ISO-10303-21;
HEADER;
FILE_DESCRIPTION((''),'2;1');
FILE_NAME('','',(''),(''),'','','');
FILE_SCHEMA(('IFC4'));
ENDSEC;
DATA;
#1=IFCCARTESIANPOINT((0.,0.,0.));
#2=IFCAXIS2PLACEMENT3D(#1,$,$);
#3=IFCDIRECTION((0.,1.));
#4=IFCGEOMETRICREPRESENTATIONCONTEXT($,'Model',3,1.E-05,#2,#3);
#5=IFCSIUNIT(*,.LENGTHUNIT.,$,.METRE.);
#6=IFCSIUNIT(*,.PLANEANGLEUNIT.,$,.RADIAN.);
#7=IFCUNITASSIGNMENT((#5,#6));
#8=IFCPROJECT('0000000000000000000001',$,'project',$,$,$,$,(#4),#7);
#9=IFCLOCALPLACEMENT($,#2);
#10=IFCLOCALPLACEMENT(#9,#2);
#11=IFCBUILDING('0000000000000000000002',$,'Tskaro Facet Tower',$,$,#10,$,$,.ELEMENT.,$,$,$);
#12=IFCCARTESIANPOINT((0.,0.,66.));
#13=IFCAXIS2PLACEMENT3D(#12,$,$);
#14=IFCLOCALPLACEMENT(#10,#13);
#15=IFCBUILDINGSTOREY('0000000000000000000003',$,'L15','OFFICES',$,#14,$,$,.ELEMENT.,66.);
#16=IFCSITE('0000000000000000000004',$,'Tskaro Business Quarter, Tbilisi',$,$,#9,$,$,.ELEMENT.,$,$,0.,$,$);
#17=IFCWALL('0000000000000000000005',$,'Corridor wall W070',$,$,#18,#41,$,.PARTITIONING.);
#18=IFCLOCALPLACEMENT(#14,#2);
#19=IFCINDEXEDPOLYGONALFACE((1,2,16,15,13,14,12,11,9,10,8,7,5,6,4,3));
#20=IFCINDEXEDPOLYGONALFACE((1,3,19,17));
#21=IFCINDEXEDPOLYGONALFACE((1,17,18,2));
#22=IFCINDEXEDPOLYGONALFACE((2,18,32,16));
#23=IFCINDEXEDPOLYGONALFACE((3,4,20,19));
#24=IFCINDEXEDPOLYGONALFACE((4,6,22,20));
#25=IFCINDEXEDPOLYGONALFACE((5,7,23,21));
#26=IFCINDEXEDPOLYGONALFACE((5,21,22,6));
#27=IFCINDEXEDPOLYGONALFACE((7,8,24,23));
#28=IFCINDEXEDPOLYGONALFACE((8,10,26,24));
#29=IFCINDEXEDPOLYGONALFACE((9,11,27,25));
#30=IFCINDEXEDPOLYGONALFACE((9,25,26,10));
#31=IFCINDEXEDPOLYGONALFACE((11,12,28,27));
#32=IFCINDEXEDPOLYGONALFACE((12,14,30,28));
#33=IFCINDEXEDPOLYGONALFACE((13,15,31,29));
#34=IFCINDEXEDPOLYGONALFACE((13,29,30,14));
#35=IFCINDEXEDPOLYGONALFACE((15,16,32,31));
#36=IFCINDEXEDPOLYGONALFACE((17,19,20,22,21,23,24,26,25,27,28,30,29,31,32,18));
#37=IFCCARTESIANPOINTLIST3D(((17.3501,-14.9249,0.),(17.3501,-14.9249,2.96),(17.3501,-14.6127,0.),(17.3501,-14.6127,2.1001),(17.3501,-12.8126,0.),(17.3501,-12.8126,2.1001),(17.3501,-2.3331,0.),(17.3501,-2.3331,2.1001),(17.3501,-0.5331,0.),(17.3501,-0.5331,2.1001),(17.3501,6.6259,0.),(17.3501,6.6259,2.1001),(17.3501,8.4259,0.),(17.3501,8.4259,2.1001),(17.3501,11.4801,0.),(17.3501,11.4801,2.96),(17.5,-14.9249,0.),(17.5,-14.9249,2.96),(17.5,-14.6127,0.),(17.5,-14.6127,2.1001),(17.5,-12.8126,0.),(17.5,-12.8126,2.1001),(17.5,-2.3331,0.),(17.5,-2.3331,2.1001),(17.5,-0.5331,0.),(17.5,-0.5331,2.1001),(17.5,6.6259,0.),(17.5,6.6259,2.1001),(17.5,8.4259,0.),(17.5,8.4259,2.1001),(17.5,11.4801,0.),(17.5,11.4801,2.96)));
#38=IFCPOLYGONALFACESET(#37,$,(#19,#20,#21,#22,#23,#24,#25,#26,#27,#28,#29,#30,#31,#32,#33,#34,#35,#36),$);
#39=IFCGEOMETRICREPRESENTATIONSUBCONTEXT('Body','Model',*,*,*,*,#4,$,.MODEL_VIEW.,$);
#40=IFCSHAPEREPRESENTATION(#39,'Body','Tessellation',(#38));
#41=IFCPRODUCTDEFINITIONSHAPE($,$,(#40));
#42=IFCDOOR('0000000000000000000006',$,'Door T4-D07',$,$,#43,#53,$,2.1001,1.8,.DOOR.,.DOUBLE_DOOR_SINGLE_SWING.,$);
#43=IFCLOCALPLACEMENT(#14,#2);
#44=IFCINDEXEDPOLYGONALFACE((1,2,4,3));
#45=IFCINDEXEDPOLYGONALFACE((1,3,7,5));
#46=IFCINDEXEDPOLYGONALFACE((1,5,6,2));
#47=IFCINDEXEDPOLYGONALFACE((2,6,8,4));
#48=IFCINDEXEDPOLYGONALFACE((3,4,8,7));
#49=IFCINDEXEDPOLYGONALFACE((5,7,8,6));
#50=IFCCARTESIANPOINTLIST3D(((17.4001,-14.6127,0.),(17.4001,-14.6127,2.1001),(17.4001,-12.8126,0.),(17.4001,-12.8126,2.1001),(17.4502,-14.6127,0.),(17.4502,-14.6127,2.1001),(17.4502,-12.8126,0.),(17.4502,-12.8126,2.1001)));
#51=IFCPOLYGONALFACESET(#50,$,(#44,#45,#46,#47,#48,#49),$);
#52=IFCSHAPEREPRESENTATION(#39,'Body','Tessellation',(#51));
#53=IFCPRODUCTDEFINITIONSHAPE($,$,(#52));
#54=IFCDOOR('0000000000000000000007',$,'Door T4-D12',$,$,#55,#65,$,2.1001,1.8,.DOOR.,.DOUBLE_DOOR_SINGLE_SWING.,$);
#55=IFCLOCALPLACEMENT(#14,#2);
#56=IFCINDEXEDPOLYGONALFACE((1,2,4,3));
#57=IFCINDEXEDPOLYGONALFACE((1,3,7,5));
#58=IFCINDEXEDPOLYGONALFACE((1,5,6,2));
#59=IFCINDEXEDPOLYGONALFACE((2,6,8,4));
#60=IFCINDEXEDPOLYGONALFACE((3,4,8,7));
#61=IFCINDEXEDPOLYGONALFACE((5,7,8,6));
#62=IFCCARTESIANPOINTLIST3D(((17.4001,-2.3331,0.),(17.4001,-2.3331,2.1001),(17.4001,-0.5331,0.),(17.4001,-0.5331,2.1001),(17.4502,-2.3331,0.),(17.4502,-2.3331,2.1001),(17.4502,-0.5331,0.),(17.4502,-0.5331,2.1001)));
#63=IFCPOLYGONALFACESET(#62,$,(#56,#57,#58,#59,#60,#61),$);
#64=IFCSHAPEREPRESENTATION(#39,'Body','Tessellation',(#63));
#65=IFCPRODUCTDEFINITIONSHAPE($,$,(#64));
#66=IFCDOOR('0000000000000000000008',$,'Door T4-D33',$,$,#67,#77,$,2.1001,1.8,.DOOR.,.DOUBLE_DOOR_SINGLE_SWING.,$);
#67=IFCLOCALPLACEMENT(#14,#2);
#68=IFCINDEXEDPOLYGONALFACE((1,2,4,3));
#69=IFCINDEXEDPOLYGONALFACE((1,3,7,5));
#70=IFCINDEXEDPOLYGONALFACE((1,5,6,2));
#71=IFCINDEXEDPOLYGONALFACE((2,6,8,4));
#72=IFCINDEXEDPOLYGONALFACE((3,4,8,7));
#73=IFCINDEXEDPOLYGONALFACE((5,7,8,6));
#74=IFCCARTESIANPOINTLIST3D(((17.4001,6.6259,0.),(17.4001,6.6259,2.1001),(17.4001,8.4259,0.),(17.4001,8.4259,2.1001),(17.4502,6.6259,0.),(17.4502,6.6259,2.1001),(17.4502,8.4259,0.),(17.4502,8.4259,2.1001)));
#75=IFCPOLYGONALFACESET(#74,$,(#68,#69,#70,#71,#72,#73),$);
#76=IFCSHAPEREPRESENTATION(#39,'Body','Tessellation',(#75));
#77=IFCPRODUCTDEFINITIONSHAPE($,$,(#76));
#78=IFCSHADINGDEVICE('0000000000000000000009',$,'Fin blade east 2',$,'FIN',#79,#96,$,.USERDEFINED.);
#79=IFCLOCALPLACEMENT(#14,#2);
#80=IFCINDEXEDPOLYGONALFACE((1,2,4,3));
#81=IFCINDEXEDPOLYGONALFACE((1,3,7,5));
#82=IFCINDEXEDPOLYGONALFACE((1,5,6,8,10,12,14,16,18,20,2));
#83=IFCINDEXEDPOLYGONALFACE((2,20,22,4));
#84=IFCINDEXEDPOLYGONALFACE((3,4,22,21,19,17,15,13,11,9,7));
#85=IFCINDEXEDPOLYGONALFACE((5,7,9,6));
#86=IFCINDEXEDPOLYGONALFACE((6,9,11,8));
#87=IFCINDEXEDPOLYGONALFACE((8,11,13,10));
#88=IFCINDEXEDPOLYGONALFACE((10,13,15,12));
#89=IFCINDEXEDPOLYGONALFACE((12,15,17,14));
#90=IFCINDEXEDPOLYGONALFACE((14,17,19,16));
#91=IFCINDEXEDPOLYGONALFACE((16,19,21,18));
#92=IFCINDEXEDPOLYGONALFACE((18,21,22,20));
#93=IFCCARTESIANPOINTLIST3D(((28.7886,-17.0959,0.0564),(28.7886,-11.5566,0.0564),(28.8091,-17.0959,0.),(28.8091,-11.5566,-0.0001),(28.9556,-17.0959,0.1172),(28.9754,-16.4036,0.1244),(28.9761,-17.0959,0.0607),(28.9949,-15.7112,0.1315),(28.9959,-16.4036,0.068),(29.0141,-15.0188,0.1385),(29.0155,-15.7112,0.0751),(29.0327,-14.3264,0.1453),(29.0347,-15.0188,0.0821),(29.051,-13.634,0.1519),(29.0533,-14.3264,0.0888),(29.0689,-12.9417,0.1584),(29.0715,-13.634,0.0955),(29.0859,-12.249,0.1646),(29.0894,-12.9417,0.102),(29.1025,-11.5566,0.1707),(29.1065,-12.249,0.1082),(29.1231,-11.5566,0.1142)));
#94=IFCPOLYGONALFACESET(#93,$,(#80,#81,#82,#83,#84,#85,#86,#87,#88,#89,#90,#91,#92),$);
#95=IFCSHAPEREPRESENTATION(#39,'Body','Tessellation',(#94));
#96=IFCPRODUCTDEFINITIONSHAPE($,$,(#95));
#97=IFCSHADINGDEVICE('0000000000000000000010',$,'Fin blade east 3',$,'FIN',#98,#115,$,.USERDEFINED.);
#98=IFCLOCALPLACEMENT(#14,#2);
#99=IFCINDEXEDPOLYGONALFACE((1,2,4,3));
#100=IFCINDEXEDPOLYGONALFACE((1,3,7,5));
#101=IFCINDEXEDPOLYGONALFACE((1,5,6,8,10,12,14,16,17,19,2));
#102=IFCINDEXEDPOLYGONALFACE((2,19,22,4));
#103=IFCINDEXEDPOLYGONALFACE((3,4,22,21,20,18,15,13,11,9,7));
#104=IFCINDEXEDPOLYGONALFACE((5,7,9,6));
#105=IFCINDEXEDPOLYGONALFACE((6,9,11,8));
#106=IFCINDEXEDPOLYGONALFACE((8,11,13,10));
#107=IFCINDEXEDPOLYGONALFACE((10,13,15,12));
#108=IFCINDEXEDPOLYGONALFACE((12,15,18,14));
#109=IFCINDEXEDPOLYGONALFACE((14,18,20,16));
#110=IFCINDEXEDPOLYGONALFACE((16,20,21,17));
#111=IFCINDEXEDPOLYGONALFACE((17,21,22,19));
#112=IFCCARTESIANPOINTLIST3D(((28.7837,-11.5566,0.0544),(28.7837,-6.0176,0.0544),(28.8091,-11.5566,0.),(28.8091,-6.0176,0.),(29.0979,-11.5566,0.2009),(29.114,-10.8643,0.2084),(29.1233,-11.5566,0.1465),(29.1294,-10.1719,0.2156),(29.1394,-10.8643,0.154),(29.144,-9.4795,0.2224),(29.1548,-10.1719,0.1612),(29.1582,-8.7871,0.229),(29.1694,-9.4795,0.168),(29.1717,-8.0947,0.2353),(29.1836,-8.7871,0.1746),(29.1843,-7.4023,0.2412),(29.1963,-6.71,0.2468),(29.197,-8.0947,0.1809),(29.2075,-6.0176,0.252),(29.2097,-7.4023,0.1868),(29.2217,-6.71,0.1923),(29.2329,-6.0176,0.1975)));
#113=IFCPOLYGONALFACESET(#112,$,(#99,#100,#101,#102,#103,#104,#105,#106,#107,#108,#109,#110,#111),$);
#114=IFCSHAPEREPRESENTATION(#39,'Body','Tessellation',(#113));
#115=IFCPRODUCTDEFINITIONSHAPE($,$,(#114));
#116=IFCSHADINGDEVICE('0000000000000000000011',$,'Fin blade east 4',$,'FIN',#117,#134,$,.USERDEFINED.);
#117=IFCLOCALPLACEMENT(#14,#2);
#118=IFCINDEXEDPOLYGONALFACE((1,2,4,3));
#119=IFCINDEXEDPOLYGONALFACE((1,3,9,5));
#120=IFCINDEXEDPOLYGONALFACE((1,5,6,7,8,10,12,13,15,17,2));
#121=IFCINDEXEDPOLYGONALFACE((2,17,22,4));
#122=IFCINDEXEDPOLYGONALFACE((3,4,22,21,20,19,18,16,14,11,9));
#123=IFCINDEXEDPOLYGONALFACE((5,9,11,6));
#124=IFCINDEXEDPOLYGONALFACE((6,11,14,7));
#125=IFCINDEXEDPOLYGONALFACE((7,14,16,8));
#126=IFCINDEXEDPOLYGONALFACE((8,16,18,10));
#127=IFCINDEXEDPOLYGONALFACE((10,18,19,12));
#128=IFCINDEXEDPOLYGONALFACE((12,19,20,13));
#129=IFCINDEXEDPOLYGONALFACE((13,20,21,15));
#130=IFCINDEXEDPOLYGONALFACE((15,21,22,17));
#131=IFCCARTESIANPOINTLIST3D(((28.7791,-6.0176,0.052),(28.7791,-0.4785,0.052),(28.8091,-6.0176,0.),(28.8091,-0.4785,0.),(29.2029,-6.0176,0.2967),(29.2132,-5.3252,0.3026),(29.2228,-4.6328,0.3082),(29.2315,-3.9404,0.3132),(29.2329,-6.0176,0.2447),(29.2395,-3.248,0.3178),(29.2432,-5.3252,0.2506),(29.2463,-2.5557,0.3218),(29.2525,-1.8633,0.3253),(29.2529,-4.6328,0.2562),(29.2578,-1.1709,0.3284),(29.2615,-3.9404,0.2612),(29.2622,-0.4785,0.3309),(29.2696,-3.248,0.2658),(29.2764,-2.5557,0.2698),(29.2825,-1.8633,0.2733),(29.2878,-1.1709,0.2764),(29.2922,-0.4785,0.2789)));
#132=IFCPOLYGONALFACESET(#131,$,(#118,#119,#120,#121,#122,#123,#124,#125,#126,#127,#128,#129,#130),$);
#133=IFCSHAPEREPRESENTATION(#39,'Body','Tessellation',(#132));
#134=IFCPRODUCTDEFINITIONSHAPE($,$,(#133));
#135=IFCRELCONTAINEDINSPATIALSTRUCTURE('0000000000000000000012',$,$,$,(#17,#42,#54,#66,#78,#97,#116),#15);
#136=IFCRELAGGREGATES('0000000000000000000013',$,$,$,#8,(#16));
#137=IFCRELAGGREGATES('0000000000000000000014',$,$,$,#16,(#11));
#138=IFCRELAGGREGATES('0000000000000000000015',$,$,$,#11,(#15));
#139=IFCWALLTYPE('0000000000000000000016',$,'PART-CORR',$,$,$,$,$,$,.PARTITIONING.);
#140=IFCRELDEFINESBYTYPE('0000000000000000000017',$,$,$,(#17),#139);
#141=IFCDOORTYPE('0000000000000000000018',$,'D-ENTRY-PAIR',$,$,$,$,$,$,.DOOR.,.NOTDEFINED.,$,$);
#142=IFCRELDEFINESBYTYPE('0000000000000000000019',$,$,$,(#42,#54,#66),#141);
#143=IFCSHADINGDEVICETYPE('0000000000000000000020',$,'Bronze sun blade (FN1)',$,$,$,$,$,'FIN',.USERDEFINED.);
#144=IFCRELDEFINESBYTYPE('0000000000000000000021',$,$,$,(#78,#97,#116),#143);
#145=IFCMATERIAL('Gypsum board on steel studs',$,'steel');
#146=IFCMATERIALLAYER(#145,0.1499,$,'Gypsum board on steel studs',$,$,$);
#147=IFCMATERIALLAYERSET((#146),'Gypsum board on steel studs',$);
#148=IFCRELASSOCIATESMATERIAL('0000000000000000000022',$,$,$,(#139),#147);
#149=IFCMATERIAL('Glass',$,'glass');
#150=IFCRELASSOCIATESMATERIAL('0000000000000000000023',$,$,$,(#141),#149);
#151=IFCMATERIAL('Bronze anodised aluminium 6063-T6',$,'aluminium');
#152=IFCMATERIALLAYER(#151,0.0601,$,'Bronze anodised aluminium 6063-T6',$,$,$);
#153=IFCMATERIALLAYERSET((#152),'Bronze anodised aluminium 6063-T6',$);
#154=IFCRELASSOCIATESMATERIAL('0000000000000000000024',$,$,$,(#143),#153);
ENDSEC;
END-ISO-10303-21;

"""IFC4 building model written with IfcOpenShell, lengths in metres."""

from ifc_helpers import new_model, si_unit, direction, frame, frame_2d, origin, place, context, subcontext, project, spatial, polyline, rectangle, outline, extrude, material, layer, layer_set, type_object, element, fill, save


model = new_model("IFC4")

# Units and contexts
model_context = context("Model", 3, precision=1e-05, world=origin(), true_north=direction((0.0, 1.0)))
body_context = subcontext(model_context, "Body", "Model", "MODEL_VIEW")
ifc_project = project(units=[si_unit("LENGTHUNIT", "METRE"), si_unit("PLANEANGLEUNIT", "RADIAN")], contexts=[model_context])

# Site, building, storey
site_placement = place(None, origin())
site = spatial("IfcSite", under=ifc_project, at=site_placement, Name="Tskaro Business Quarter, Tbilisi", CompositionType="ELEMENT", RefElevation=0.0)
building_placement = place(site_placement, origin())
building = spatial("IfcBuilding", under=site, at=building_placement, Name="Tskaro Facet Tower", CompositionType="ELEMENT")
storey_placement = place(building_placement, frame((0.0, 0.0, 66.0)))
storey = spatial("IfcBuildingStorey", under=building, at=storey_placement, Name="L15", Description="OFFICES", CompositionType="ELEMENT", Elevation=66.0)

# Shared definitions
ifc_material_1 = material(Name="Bronze anodised aluminium 6063-T6", Category="aluminium")

# Shared definitions
ifc_material_2 = material(Name="Gypsum board on steel studs", Category="steel")

# Shared definitions
ifc_layer_1 = layer(ifc_material_2, 0.1499, Name="Gypsum board on steel studs")
ifc_layer_set_1 = layer_set([ifc_layer_1], Name="Gypsum board on steel studs")
wall_type_1 = type_object("IfcWallType", Name="PART-CORR", PredefinedType="PARTITIONING", material=ifc_layer_set_1)

# Wall, openings, doors
wall_1_placement = place(storey_placement, frame((17.425, -14.925, 0.0), z_axis=(0.0, 0.0, 1.0), x_axis=(0.0, 1.0, 0.0)))
wall_1 = element("IfcWall", 1, at=wall_1_placement, inside=storey, type_object=wall_type_1, Name="Corridor wall W070", PredefinedType="PARTITIONING", context=body_context, shape_type="SweptSolid", body=[
    extrude(rectangle(XDim=26.405, YDim=0.1499, at=frame_2d((13.2026, 0.0))), origin(), (0.0, 0.0, 1.0), 2.96),
])
opening_1_placement = place(wall_1_placement, frame((0.3125, 0.0, 0.0)))
opening_1 = element("IfcOpeningElement", 2, at=opening_1_placement, cuts=wall_1, PredefinedType="OPENING", context=body_context, shape_type="SweptSolid", body=[
    extrude(rectangle(XDim=1.8, YDim=2.1001, at=frame_2d((0.8999, 1.05))), frame((0.0, 0.085, 0.0), z_axis=(0.0, -1.0, 0.0), x_axis=(1.0, 0.0, 0.0)), (0.0, 0.0, 1.0), 0.1699),
])
opening_2_placement = place(wall_1_placement, frame((12.592, 0.0, 0.0)))
opening_2 = element("IfcOpeningElement", 3, at=opening_2_placement, cuts=wall_1, PredefinedType="OPENING", context=body_context, shape_type="SweptSolid", body=[
    extrude(rectangle(XDim=1.8, YDim=2.1001, at=frame_2d((0.8999, 1.05))), frame((0.0, 0.085, 0.0), z_axis=(0.0, -1.0, 0.0), x_axis=(1.0, 0.0, 0.0)), (0.0, 0.0, 1.0), 0.1699),
])
opening_3_placement = place(wall_1_placement, frame((21.551, 0.0, 0.0)))
opening_3 = element("IfcOpeningElement", 4, at=opening_3_placement, cuts=wall_1, PredefinedType="OPENING", context=body_context, shape_type="SweptSolid", body=[
    extrude(rectangle(XDim=1.8, YDim=2.1001, at=frame_2d((0.8999, 1.05))), frame((0.0, 0.085, 0.0), z_axis=(0.0, -1.0, 0.0), x_axis=(1.0, 0.0, 0.0)), (0.0, 0.0, 1.0), 0.1699),
])
ifc_material_3 = material(Name="Glass", Category="glass")
door_type_1 = type_object("IfcDoorType", Name="D-ENTRY-PAIR", OperationType="NOTDEFINED", PredefinedType="DOOR", material=ifc_material_3)
door_1_placement = place(opening_1_placement, origin())
door_1 = element("IfcDoor", 5, at=door_1_placement, inside=storey, type_object=door_type_1, Name="Door T4-D07", OperationType="DOUBLE_DOOR_SINGLE_SWING", OverallHeight=2.1001, OverallWidth=1.8, PredefinedType="DOOR", context=body_context, shape_type="SweptSolid", body=[
    extrude(rectangle(XDim=1.8, YDim=2.1001, at=frame_2d((0.8999, 1.05))), frame((0.0, 0.0249, 0.0), z_axis=(0.0, -1.0, 0.0), x_axis=(1.0, 0.0, 0.0)), (0.0, 0.0, 1.0), 0.05),
])
fill(opening_1, door_1)
door_2_placement = place(opening_2_placement, origin())
door_2 = element("IfcDoor", 6, at=door_2_placement, inside=storey, type_object=door_type_1, Name="Door T4-D12", OperationType="DOUBLE_DOOR_SINGLE_SWING", OverallHeight=2.1001, OverallWidth=1.8, PredefinedType="DOOR", context=body_context, shape_type="SweptSolid", body=[
    extrude(rectangle(XDim=1.8, YDim=2.1001, at=frame_2d((0.8999, 1.05))), frame((0.0, 0.0249, 0.0), z_axis=(0.0, -1.0, 0.0), x_axis=(1.0, 0.0, 0.0)), (0.0, 0.0, 1.0), 0.05),
])
fill(opening_2, door_2)
door_3_placement = place(opening_3_placement, origin())
door_3 = element("IfcDoor", 7, at=door_3_placement, inside=storey, type_object=door_type_1, Name="Door T4-D33", OperationType="DOUBLE_DOOR_SINGLE_SWING", OverallHeight=2.1001, OverallWidth=1.8, PredefinedType="DOOR", context=body_context, shape_type="SweptSolid", body=[
    extrude(rectangle(XDim=1.8, YDim=2.1001, at=frame_2d((0.8999, 1.05))), frame((0.0, 0.0249, 0.0), z_axis=(0.0, -1.0, 0.0), x_axis=(1.0, 0.0, 0.0)), (0.0, 0.0, 1.0), 0.05),
])
fill(opening_3, door_3)

# Shading devices
ifc_layer_2 = layer(ifc_material_1, 0.0601, Name="Bronze anodised aluminium 6063-T6")
ifc_layer_set_2 = layer_set([ifc_layer_2], Name="Bronze anodised aluminium 6063-T6")
shading_device_type = type_object("IfcShadingDeviceType", Name="Bronze sun blade (FN1)", ElementType="FIN", PredefinedType="USERDEFINED", material=ifc_layer_set_2)
shading_device_1_placement = place(storey_placement, frame((28.7886, -17.0959, 0.0564), z_axis=(-0.342051, 0.000004, 0.939681), x_axis=(0.000001, 1.0, -0.000003)))
element("IfcShadingDevice", 8, at=shading_device_1_placement, inside=storey, type_object=shading_device_type, Name="Fin blade east 2", ObjectType="FIN", PredefinedType="USERDEFINED", context=body_context, shape_type="SweptSolid", body=[
    extrude(outline(polyline([(0.0, 0.0), (5.5393, 0.0), (5.5393, -0.3341), (4.8469, -0.3164), (4.1543, -0.2983), (3.4619, -0.2793), (2.7695, -0.2598), (2.0771, -0.24), (1.3848, -0.2196), (0.6924, -0.1988), (0.0, -0.1777), (0.0, 0.0)])), origin(), (0.0, 0.0, -1.0), 0.0601),
])
shading_device_2_placement = place(storey_placement, frame((28.7837, -11.5566, 0.0544), z_axis=(-0.422536, 0.000007, 0.906346), x_axis=(0.000003, 1.0, -0.000007)))
element("IfcShadingDevice", 9, at=shading_device_2_placement, inside=storey, type_object=shading_device_type, Name="Fin blade east 3", ObjectType="FIN", PredefinedType="USERDEFINED", context=body_context, shape_type="SweptSolid", body=[
    extrude(outline(polyline([(0.0, 0.0), (5.5391, 0.0), (5.5391, -0.4676), (4.8467, -0.4552), (4.1543, -0.442), (3.4619, -0.428), (2.7695, -0.4132), (2.0771, -0.3976), (1.3848, -0.3814), (0.6924, -0.3645), (0.0, -0.3467), (0.0, 0.0)])), origin(), (0.0, 0.0, -1.0), 0.0601),
])
shading_device_3_placement = place(storey_placement, frame((28.7791, -6.0176, 0.052), z_axis=(-0.5, 0.000007, 0.866026), x_axis=(0.000003, 1.0, -0.000006)))
element("IfcShadingDevice", 10, at=shading_device_3_placement, inside=storey, type_object=shading_device_type, Name="Fin blade east 4", ObjectType="FIN", PredefinedType="USERDEFINED", context=body_context, shape_type="SweptSolid", body=[
    extrude(outline(polyline([(0.0, 0.0), (5.5391, 0.0), (5.5391, -0.5578), (4.8467, -0.5528), (4.1543, -0.5467), (3.4619, -0.5396), (2.7695, -0.5317), (2.0771, -0.5224), (1.3848, -0.5124), (0.6924, -0.5013), (0.0, -0.4894), (0.0, 0.0)])), origin(), (0.0, 0.0, -1.0), 0.0601),
])

save(model, "model.ifc")
